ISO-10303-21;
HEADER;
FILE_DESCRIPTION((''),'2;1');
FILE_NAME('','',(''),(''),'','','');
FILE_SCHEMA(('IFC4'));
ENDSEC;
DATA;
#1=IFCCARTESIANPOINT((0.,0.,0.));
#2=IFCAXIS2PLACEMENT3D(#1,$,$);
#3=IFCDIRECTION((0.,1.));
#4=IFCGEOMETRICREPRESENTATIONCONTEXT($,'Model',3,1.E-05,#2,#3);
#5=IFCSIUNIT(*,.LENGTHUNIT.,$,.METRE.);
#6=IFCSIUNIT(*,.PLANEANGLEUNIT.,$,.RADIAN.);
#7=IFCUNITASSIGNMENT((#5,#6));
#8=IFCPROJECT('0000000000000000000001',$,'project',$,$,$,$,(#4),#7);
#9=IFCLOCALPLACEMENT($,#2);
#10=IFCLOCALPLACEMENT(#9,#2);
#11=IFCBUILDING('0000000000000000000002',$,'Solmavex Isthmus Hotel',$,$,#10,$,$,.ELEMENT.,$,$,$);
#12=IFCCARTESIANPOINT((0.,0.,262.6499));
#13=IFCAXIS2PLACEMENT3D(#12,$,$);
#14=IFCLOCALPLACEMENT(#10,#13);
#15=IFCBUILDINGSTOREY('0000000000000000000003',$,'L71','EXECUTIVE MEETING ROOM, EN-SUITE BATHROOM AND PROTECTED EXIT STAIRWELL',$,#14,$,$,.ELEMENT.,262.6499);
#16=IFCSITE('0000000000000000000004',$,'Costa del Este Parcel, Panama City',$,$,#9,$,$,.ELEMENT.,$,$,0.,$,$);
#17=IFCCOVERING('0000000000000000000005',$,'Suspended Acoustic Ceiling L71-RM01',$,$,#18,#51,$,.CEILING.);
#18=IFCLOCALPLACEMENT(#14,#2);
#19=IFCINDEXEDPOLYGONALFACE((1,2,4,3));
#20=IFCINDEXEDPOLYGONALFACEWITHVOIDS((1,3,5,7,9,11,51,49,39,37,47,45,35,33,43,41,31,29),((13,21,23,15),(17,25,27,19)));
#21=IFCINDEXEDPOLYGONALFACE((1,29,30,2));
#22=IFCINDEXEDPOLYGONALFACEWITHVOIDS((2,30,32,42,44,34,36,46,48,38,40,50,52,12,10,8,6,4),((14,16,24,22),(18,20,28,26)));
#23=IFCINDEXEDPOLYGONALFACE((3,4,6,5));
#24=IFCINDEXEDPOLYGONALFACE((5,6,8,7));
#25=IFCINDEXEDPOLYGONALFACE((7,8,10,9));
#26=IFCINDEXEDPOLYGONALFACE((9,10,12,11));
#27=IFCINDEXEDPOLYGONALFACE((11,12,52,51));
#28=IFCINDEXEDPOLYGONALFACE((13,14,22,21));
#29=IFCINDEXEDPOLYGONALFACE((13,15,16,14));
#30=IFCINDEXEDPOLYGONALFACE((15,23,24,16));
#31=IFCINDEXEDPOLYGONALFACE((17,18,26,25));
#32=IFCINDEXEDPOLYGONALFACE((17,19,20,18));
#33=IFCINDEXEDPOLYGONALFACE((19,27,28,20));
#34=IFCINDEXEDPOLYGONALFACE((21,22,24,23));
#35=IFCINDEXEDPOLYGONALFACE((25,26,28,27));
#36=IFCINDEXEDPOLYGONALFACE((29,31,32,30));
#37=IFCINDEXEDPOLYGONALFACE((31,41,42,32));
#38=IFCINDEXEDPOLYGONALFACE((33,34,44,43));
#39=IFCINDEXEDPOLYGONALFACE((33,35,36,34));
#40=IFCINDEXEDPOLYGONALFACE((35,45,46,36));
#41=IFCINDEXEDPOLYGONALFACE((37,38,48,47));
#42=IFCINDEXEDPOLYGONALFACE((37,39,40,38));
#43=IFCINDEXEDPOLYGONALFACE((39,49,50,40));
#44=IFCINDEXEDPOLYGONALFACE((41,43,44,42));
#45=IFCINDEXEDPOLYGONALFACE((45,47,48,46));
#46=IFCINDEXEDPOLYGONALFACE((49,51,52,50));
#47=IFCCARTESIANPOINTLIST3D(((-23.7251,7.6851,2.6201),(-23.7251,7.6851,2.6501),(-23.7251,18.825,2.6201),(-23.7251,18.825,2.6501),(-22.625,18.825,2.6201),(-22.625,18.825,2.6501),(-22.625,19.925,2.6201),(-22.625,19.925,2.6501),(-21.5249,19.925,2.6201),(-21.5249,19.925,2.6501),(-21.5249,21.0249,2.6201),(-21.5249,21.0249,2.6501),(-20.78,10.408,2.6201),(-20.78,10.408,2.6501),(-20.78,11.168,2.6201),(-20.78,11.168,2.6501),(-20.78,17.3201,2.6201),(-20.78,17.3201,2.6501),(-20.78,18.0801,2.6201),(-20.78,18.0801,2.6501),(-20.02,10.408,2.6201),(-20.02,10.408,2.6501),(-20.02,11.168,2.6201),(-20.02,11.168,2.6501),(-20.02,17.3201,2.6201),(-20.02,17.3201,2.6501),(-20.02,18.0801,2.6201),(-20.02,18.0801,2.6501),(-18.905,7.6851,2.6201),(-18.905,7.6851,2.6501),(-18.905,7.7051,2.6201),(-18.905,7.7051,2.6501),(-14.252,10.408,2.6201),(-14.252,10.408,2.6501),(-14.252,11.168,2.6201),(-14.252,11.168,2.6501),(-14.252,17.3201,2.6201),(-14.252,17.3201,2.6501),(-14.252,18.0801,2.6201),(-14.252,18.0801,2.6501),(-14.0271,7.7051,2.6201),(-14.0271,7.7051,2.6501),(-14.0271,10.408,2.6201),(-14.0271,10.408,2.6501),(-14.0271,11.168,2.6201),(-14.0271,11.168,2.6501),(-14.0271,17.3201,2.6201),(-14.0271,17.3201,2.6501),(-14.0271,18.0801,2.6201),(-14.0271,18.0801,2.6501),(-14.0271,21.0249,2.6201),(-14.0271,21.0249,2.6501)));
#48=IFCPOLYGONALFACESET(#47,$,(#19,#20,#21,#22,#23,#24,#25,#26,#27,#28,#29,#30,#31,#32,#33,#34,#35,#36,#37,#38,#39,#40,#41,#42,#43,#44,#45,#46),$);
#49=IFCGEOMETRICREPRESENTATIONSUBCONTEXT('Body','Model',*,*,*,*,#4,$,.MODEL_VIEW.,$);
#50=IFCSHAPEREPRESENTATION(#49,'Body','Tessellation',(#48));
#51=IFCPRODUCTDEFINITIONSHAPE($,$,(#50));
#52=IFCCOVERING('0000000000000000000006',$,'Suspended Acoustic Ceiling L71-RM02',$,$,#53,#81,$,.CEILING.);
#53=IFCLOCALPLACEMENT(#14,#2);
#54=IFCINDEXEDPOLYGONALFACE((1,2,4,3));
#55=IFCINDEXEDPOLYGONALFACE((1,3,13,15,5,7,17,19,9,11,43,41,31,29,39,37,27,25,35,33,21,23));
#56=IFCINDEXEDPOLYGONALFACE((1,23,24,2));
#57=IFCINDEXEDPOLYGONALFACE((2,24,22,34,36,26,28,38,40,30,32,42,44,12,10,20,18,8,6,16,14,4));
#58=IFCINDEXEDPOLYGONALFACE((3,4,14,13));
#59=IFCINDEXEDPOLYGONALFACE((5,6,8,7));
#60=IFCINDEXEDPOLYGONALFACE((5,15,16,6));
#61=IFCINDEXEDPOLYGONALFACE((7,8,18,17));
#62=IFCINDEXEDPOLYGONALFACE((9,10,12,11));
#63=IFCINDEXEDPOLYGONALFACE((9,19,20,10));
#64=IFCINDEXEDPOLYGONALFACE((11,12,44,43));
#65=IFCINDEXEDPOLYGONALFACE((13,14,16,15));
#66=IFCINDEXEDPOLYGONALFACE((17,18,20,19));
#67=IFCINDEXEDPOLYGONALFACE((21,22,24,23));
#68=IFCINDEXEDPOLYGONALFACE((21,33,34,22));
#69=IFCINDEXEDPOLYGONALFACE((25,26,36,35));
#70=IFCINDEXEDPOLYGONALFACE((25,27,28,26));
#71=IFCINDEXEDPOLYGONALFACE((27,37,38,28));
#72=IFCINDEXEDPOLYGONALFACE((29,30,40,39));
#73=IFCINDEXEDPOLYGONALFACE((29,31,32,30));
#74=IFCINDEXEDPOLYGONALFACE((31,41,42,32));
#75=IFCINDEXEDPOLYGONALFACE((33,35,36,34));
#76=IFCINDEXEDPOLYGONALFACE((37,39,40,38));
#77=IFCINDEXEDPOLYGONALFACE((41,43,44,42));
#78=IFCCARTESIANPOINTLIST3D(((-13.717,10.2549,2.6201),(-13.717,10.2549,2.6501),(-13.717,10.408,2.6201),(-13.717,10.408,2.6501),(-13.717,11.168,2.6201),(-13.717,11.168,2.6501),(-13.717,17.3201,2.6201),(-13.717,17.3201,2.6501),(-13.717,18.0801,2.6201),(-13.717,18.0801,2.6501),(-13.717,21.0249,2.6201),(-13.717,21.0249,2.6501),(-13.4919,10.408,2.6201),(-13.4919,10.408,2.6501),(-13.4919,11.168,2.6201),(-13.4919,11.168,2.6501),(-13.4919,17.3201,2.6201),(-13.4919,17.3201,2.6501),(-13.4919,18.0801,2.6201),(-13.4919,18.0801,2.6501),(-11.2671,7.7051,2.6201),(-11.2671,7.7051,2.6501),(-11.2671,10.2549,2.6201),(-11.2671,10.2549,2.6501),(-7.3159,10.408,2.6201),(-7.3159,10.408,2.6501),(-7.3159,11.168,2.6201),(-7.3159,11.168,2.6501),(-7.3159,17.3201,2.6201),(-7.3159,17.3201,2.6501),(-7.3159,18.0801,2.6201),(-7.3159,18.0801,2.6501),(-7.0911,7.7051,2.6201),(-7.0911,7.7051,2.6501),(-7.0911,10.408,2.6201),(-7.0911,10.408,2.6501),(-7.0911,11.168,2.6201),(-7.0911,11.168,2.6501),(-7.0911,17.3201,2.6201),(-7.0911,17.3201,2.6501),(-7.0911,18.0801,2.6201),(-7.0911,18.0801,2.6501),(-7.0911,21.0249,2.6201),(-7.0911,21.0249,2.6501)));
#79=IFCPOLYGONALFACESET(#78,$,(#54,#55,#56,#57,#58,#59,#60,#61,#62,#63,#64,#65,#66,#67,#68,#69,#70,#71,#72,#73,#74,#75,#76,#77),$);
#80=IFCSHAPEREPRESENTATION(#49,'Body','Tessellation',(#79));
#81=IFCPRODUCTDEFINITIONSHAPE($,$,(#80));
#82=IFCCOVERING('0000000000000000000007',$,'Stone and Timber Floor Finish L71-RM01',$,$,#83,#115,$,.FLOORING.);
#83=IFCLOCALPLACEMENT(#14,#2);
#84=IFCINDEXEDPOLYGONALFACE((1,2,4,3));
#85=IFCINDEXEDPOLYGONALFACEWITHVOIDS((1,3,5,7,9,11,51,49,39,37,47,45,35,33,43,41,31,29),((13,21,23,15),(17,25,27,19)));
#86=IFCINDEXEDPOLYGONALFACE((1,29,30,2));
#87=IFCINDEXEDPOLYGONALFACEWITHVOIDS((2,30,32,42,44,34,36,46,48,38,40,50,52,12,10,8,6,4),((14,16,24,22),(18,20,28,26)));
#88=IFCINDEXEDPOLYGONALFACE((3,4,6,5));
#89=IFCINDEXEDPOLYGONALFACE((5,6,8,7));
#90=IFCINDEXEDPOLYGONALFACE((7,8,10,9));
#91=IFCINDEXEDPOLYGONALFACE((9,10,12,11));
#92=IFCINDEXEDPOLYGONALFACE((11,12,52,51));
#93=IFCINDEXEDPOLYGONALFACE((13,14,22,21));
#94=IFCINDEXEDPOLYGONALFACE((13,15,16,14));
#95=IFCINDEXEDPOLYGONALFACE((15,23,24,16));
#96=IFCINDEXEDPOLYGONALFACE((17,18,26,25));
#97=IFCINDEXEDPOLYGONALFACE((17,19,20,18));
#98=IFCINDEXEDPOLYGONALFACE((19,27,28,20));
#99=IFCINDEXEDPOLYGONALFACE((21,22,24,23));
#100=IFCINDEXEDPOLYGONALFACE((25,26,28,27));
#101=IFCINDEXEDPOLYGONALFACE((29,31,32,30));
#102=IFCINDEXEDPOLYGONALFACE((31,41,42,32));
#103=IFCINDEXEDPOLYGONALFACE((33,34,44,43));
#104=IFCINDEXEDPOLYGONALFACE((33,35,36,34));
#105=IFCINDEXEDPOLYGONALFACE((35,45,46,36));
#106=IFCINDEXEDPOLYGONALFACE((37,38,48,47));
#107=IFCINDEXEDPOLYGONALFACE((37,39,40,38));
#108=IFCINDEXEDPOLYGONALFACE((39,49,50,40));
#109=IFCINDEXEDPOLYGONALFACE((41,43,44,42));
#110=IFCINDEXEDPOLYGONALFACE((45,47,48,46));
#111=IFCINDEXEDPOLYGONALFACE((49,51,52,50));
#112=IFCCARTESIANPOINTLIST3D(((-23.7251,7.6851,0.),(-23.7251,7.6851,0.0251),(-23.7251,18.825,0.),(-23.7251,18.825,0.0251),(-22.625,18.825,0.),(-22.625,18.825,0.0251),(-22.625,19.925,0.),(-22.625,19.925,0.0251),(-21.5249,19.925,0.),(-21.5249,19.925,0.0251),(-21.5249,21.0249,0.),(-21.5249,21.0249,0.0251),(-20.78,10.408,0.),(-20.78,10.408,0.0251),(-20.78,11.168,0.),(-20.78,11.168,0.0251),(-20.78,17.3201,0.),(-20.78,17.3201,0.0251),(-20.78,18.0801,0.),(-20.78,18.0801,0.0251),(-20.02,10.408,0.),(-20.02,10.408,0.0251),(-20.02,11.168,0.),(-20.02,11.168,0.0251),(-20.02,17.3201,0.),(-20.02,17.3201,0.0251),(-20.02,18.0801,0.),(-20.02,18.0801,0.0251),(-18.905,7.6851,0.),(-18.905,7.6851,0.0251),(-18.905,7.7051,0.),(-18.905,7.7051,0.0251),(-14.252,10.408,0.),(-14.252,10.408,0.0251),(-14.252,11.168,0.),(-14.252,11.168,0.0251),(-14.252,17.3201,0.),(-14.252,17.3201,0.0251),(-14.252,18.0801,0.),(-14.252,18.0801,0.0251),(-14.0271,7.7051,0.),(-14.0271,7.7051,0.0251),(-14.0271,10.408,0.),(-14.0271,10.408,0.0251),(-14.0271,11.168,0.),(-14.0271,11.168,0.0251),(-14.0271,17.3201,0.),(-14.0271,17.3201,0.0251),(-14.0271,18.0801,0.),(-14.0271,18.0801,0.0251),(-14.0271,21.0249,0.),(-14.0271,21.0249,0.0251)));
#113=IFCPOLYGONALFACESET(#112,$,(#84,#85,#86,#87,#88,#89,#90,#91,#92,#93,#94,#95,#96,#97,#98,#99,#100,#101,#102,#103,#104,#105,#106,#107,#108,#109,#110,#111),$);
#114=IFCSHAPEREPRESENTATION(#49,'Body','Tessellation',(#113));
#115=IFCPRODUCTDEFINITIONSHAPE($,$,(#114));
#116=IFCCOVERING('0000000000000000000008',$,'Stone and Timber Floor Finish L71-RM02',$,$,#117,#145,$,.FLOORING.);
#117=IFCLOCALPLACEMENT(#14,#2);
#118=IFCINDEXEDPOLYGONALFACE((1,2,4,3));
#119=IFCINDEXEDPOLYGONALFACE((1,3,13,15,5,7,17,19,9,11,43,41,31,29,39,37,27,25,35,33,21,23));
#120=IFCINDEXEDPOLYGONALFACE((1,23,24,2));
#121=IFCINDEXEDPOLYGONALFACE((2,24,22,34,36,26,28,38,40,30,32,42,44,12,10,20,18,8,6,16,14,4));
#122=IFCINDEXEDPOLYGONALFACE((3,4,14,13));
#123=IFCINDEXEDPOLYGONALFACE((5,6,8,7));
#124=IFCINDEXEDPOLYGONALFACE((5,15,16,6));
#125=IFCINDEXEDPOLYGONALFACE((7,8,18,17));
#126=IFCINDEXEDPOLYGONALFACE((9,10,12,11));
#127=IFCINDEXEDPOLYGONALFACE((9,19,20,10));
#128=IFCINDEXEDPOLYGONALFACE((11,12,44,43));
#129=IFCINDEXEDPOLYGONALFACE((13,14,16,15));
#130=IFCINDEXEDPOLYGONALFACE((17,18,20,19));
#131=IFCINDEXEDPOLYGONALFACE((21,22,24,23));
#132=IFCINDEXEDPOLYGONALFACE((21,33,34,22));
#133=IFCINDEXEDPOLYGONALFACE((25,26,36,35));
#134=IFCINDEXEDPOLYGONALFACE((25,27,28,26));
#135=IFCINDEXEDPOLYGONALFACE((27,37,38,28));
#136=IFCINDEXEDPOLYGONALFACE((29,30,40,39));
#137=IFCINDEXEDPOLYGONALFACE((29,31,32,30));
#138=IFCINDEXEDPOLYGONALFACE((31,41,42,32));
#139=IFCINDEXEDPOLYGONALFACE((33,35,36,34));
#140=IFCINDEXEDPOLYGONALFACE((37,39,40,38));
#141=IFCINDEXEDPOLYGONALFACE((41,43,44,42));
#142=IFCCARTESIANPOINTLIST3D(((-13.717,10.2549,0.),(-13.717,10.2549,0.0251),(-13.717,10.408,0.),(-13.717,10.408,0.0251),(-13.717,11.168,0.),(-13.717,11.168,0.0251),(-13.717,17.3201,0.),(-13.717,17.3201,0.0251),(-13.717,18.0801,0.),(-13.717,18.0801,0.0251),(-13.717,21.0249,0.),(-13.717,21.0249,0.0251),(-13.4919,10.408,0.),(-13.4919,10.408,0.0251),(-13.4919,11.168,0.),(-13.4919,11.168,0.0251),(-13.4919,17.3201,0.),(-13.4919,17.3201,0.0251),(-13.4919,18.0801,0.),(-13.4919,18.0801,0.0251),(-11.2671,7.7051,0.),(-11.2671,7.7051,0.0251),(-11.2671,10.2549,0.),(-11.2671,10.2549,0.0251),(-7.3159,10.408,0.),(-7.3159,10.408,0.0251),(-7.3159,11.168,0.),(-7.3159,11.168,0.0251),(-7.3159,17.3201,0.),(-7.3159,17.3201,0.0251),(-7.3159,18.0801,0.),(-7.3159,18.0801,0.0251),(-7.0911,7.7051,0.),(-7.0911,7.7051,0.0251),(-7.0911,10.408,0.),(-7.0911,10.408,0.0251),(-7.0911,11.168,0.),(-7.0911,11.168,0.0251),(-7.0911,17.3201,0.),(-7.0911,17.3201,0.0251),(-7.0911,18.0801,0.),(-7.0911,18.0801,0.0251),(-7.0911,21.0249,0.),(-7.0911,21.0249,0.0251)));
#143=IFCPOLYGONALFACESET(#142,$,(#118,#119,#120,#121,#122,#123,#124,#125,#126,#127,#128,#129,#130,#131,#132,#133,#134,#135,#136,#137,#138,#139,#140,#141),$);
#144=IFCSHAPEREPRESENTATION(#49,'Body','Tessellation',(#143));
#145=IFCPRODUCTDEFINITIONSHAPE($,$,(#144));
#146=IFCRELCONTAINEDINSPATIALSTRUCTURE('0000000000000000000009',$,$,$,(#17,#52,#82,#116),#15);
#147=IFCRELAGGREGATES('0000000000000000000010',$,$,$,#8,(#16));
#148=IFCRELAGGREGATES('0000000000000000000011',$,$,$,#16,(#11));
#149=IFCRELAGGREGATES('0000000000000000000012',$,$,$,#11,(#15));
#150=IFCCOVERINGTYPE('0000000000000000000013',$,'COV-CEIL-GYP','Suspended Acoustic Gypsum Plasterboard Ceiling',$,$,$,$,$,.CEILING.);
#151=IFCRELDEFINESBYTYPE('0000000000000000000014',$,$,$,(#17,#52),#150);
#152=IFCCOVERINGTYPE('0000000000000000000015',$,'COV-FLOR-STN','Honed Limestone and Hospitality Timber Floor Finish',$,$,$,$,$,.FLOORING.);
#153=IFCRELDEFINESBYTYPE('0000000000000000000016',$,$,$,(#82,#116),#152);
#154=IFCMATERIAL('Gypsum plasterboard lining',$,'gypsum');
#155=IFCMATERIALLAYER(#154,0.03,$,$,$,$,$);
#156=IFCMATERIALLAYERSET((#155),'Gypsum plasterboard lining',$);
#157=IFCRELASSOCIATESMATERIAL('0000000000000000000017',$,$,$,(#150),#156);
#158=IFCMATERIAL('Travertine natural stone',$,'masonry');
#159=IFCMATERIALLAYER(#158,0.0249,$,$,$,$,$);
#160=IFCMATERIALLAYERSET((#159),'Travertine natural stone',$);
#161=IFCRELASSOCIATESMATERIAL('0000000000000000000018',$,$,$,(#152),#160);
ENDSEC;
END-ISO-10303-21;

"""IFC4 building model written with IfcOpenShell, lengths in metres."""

from ifc_helpers import new_model, si_unit, direction, frame, origin, place, context, subcontext, project, spatial, polyline, outline, extrude, material, layer, layer_set, type_object, element, save


model = new_model("IFC4")

# Units and contexts
model_context = context("Model", 3, precision=1e-05, world=origin(), true_north=direction((0.0, 1.0)))
body_context = subcontext(model_context, "Body", "Model", "MODEL_VIEW")
ifc_project = project(units=[si_unit("LENGTHUNIT", "METRE"), si_unit("PLANEANGLEUNIT", "RADIAN")], contexts=[model_context])

# Site, building, storey
site_placement = place(None, origin())
site = spatial("IfcSite", under=ifc_project, at=site_placement, Name="Costa del Este Parcel, Panama City", CompositionType="ELEMENT", RefElevation=0.0)
building_placement = place(site_placement, origin())
building = spatial("IfcBuilding", under=site, at=building_placement, Name="Solmavex Isthmus Hotel", CompositionType="ELEMENT")
storey_placement = place(building_placement, frame((0.0, 0.0, 262.6499)))
storey = spatial("IfcBuildingStorey", under=building, at=storey_placement, Name="L71", Description="EXECUTIVE MEETING ROOM, EN-SUITE BATHROOM AND PROTECTED EXIT STAIRWELL", CompositionType="ELEMENT", Elevation=262.6499)

# Shared definitions
ifc_material_1 = material(Name="Gypsum plasterboard lining", Category="gypsum")

# Coverings
ifc_layer_1 = layer(ifc_material_1, 0.03)
ifc_layer_set_1 = layer_set([ifc_layer_1], Name="Gypsum plasterboard lining")
covering_type_1 = type_object("IfcCoveringType", Name="COV-CEIL-GYP", Description="Suspended Acoustic Gypsum Plasterboard Ceiling", PredefinedType="CEILING", material=ifc_layer_set_1)
covering_1_placement = place(storey_placement, frame((0.0, 0.0, 2.6201)))
element("IfcCovering", 1, at=covering_1_placement, inside=storey, type_object=covering_type_1, Name="Suspended Acoustic Ceiling L71-RM01", PredefinedType="CEILING", context=body_context, shape_type="SweptSolid", body=[
    extrude(outline(polyline([(-18.905, 7.6851), (-18.905, 7.7051), (-14.0271, 7.7051), (-14.0271, 10.408), (-14.252, 10.408), (-14.252, 11.168), (-14.0271, 11.168), (-14.0271, 17.3201), (-14.252, 17.3201), (-14.252, 18.0801), (-14.0271, 18.0801), (-14.0271, 21.0249), (-21.5249, 21.0249), (-21.5249, 19.925), (-22.625, 19.925), (-22.625, 18.825), (-23.7251, 18.825), (-23.7251, 7.6851), (-18.905, 7.6851)]), holes=[polyline([(-20.78, 10.408), (-20.78, 11.168), (-20.02, 11.168), (-20.02, 10.408), (-20.78, 10.408)]), polyline([(-20.78, 17.3201), (-20.78, 18.0801), (-20.02, 18.0801), (-20.02, 17.3201), (-20.78, 17.3201)])]), origin(), (0.0, 0.0, 1.0), 0.03),
])
covering_2_placement = place(storey_placement, frame((0.0, 0.0, 2.6201)))
element("IfcCovering", 2, at=covering_2_placement, inside=storey, type_object=covering_type_1, Name="Suspended Acoustic Ceiling L71-RM02", PredefinedType="CEILING", context=body_context, shape_type="SweptSolid", body=[
    extrude(outline(polyline([(-13.717, 11.168), (-13.4919, 11.168), (-13.4919, 10.408), (-13.717, 10.408), (-13.717, 10.2549), (-11.2671, 10.2549), (-11.2671, 7.7051), (-7.0911, 7.7051), (-7.0911, 10.408), (-7.3159, 10.408), (-7.3159, 11.168), (-7.0911, 11.168), (-7.0911, 17.3201), (-7.3159, 17.3201), (-7.3159, 18.0801), (-7.0911, 18.0801), (-7.0911, 21.0249), (-13.717, 21.0249), (-13.717, 18.0801), (-13.4919, 18.0801), (-13.4919, 17.3201), (-13.717, 17.3201), (-13.717, 11.168)])), origin(), (0.0, 0.0, 1.0), 0.03),
])
ifc_material_2 = material(Name="Travertine natural stone", Category="masonry")
ifc_layer_2 = layer(ifc_material_2, 0.0249)
ifc_layer_set_2 = layer_set([ifc_layer_2], Name="Travertine natural stone")
covering_type_2 = type_object("IfcCoveringType", Name="COV-FLOR-STN", Description="Honed Limestone and Hospitality Timber Floor Finish", PredefinedType="FLOORING", material=ifc_layer_set_2)
covering_3_placement = place(storey_placement, origin())
element("IfcCovering", 3, at=covering_3_placement, inside=storey, type_object=covering_type_2, Name="Stone and Timber Floor Finish L71-RM01", PredefinedType="FLOORING", context=body_context, shape_type="SweptSolid", body=[
    extrude(outline(polyline([(-18.905, 7.6851), (-18.905, 7.7051), (-14.0271, 7.7051), (-14.0271, 10.408), (-14.252, 10.408), (-14.252, 11.168), (-14.0271, 11.168), (-14.0271, 17.3201), (-14.252, 17.3201), (-14.252, 18.0801), (-14.0271, 18.0801), (-14.0271, 21.0249), (-21.5249, 21.0249), (-21.5249, 19.925), (-22.625, 19.925), (-22.625, 18.825), (-23.7251, 18.825), (-23.7251, 7.6851), (-18.905, 7.6851)]), holes=[polyline([(-20.78, 10.408), (-20.78, 11.168), (-20.02, 11.168), (-20.02, 10.408), (-20.78, 10.408)]), polyline([(-20.78, 17.3201), (-20.78, 18.0801), (-20.02, 18.0801), (-20.02, 17.3201), (-20.78, 17.3201)])]), origin(), (0.0, 0.0, 1.0), 0.0251),
])
covering_4_placement = place(storey_placement, origin())
element("IfcCovering", 4, at=covering_4_placement, inside=storey, type_object=covering_type_2, Name="Stone and Timber Floor Finish L71-RM02", PredefinedType="FLOORING", context=body_context, shape_type="SweptSolid", body=[
    extrude(outline(polyline([(-13.717, 11.168), (-13.4919, 11.168), (-13.4919, 10.408), (-13.717, 10.408), (-13.717, 10.2549), (-11.2671, 10.2549), (-11.2671, 7.7051), (-7.0911, 7.7051), (-7.0911, 10.408), (-7.3159, 10.408), (-7.3159, 11.168), (-7.0911, 11.168), (-7.0911, 17.3201), (-7.3159, 17.3201), (-7.3159, 18.0801), (-7.0911, 18.0801), (-7.0911, 21.0249), (-13.717, 21.0249), (-13.717, 18.0801), (-13.4919, 18.0801), (-13.4919, 17.3201), (-13.717, 17.3201), (-13.717, 11.168)])), origin(), (0.0, 0.0, 1.0), 0.0251),
])

save(model, "model.ifc")
